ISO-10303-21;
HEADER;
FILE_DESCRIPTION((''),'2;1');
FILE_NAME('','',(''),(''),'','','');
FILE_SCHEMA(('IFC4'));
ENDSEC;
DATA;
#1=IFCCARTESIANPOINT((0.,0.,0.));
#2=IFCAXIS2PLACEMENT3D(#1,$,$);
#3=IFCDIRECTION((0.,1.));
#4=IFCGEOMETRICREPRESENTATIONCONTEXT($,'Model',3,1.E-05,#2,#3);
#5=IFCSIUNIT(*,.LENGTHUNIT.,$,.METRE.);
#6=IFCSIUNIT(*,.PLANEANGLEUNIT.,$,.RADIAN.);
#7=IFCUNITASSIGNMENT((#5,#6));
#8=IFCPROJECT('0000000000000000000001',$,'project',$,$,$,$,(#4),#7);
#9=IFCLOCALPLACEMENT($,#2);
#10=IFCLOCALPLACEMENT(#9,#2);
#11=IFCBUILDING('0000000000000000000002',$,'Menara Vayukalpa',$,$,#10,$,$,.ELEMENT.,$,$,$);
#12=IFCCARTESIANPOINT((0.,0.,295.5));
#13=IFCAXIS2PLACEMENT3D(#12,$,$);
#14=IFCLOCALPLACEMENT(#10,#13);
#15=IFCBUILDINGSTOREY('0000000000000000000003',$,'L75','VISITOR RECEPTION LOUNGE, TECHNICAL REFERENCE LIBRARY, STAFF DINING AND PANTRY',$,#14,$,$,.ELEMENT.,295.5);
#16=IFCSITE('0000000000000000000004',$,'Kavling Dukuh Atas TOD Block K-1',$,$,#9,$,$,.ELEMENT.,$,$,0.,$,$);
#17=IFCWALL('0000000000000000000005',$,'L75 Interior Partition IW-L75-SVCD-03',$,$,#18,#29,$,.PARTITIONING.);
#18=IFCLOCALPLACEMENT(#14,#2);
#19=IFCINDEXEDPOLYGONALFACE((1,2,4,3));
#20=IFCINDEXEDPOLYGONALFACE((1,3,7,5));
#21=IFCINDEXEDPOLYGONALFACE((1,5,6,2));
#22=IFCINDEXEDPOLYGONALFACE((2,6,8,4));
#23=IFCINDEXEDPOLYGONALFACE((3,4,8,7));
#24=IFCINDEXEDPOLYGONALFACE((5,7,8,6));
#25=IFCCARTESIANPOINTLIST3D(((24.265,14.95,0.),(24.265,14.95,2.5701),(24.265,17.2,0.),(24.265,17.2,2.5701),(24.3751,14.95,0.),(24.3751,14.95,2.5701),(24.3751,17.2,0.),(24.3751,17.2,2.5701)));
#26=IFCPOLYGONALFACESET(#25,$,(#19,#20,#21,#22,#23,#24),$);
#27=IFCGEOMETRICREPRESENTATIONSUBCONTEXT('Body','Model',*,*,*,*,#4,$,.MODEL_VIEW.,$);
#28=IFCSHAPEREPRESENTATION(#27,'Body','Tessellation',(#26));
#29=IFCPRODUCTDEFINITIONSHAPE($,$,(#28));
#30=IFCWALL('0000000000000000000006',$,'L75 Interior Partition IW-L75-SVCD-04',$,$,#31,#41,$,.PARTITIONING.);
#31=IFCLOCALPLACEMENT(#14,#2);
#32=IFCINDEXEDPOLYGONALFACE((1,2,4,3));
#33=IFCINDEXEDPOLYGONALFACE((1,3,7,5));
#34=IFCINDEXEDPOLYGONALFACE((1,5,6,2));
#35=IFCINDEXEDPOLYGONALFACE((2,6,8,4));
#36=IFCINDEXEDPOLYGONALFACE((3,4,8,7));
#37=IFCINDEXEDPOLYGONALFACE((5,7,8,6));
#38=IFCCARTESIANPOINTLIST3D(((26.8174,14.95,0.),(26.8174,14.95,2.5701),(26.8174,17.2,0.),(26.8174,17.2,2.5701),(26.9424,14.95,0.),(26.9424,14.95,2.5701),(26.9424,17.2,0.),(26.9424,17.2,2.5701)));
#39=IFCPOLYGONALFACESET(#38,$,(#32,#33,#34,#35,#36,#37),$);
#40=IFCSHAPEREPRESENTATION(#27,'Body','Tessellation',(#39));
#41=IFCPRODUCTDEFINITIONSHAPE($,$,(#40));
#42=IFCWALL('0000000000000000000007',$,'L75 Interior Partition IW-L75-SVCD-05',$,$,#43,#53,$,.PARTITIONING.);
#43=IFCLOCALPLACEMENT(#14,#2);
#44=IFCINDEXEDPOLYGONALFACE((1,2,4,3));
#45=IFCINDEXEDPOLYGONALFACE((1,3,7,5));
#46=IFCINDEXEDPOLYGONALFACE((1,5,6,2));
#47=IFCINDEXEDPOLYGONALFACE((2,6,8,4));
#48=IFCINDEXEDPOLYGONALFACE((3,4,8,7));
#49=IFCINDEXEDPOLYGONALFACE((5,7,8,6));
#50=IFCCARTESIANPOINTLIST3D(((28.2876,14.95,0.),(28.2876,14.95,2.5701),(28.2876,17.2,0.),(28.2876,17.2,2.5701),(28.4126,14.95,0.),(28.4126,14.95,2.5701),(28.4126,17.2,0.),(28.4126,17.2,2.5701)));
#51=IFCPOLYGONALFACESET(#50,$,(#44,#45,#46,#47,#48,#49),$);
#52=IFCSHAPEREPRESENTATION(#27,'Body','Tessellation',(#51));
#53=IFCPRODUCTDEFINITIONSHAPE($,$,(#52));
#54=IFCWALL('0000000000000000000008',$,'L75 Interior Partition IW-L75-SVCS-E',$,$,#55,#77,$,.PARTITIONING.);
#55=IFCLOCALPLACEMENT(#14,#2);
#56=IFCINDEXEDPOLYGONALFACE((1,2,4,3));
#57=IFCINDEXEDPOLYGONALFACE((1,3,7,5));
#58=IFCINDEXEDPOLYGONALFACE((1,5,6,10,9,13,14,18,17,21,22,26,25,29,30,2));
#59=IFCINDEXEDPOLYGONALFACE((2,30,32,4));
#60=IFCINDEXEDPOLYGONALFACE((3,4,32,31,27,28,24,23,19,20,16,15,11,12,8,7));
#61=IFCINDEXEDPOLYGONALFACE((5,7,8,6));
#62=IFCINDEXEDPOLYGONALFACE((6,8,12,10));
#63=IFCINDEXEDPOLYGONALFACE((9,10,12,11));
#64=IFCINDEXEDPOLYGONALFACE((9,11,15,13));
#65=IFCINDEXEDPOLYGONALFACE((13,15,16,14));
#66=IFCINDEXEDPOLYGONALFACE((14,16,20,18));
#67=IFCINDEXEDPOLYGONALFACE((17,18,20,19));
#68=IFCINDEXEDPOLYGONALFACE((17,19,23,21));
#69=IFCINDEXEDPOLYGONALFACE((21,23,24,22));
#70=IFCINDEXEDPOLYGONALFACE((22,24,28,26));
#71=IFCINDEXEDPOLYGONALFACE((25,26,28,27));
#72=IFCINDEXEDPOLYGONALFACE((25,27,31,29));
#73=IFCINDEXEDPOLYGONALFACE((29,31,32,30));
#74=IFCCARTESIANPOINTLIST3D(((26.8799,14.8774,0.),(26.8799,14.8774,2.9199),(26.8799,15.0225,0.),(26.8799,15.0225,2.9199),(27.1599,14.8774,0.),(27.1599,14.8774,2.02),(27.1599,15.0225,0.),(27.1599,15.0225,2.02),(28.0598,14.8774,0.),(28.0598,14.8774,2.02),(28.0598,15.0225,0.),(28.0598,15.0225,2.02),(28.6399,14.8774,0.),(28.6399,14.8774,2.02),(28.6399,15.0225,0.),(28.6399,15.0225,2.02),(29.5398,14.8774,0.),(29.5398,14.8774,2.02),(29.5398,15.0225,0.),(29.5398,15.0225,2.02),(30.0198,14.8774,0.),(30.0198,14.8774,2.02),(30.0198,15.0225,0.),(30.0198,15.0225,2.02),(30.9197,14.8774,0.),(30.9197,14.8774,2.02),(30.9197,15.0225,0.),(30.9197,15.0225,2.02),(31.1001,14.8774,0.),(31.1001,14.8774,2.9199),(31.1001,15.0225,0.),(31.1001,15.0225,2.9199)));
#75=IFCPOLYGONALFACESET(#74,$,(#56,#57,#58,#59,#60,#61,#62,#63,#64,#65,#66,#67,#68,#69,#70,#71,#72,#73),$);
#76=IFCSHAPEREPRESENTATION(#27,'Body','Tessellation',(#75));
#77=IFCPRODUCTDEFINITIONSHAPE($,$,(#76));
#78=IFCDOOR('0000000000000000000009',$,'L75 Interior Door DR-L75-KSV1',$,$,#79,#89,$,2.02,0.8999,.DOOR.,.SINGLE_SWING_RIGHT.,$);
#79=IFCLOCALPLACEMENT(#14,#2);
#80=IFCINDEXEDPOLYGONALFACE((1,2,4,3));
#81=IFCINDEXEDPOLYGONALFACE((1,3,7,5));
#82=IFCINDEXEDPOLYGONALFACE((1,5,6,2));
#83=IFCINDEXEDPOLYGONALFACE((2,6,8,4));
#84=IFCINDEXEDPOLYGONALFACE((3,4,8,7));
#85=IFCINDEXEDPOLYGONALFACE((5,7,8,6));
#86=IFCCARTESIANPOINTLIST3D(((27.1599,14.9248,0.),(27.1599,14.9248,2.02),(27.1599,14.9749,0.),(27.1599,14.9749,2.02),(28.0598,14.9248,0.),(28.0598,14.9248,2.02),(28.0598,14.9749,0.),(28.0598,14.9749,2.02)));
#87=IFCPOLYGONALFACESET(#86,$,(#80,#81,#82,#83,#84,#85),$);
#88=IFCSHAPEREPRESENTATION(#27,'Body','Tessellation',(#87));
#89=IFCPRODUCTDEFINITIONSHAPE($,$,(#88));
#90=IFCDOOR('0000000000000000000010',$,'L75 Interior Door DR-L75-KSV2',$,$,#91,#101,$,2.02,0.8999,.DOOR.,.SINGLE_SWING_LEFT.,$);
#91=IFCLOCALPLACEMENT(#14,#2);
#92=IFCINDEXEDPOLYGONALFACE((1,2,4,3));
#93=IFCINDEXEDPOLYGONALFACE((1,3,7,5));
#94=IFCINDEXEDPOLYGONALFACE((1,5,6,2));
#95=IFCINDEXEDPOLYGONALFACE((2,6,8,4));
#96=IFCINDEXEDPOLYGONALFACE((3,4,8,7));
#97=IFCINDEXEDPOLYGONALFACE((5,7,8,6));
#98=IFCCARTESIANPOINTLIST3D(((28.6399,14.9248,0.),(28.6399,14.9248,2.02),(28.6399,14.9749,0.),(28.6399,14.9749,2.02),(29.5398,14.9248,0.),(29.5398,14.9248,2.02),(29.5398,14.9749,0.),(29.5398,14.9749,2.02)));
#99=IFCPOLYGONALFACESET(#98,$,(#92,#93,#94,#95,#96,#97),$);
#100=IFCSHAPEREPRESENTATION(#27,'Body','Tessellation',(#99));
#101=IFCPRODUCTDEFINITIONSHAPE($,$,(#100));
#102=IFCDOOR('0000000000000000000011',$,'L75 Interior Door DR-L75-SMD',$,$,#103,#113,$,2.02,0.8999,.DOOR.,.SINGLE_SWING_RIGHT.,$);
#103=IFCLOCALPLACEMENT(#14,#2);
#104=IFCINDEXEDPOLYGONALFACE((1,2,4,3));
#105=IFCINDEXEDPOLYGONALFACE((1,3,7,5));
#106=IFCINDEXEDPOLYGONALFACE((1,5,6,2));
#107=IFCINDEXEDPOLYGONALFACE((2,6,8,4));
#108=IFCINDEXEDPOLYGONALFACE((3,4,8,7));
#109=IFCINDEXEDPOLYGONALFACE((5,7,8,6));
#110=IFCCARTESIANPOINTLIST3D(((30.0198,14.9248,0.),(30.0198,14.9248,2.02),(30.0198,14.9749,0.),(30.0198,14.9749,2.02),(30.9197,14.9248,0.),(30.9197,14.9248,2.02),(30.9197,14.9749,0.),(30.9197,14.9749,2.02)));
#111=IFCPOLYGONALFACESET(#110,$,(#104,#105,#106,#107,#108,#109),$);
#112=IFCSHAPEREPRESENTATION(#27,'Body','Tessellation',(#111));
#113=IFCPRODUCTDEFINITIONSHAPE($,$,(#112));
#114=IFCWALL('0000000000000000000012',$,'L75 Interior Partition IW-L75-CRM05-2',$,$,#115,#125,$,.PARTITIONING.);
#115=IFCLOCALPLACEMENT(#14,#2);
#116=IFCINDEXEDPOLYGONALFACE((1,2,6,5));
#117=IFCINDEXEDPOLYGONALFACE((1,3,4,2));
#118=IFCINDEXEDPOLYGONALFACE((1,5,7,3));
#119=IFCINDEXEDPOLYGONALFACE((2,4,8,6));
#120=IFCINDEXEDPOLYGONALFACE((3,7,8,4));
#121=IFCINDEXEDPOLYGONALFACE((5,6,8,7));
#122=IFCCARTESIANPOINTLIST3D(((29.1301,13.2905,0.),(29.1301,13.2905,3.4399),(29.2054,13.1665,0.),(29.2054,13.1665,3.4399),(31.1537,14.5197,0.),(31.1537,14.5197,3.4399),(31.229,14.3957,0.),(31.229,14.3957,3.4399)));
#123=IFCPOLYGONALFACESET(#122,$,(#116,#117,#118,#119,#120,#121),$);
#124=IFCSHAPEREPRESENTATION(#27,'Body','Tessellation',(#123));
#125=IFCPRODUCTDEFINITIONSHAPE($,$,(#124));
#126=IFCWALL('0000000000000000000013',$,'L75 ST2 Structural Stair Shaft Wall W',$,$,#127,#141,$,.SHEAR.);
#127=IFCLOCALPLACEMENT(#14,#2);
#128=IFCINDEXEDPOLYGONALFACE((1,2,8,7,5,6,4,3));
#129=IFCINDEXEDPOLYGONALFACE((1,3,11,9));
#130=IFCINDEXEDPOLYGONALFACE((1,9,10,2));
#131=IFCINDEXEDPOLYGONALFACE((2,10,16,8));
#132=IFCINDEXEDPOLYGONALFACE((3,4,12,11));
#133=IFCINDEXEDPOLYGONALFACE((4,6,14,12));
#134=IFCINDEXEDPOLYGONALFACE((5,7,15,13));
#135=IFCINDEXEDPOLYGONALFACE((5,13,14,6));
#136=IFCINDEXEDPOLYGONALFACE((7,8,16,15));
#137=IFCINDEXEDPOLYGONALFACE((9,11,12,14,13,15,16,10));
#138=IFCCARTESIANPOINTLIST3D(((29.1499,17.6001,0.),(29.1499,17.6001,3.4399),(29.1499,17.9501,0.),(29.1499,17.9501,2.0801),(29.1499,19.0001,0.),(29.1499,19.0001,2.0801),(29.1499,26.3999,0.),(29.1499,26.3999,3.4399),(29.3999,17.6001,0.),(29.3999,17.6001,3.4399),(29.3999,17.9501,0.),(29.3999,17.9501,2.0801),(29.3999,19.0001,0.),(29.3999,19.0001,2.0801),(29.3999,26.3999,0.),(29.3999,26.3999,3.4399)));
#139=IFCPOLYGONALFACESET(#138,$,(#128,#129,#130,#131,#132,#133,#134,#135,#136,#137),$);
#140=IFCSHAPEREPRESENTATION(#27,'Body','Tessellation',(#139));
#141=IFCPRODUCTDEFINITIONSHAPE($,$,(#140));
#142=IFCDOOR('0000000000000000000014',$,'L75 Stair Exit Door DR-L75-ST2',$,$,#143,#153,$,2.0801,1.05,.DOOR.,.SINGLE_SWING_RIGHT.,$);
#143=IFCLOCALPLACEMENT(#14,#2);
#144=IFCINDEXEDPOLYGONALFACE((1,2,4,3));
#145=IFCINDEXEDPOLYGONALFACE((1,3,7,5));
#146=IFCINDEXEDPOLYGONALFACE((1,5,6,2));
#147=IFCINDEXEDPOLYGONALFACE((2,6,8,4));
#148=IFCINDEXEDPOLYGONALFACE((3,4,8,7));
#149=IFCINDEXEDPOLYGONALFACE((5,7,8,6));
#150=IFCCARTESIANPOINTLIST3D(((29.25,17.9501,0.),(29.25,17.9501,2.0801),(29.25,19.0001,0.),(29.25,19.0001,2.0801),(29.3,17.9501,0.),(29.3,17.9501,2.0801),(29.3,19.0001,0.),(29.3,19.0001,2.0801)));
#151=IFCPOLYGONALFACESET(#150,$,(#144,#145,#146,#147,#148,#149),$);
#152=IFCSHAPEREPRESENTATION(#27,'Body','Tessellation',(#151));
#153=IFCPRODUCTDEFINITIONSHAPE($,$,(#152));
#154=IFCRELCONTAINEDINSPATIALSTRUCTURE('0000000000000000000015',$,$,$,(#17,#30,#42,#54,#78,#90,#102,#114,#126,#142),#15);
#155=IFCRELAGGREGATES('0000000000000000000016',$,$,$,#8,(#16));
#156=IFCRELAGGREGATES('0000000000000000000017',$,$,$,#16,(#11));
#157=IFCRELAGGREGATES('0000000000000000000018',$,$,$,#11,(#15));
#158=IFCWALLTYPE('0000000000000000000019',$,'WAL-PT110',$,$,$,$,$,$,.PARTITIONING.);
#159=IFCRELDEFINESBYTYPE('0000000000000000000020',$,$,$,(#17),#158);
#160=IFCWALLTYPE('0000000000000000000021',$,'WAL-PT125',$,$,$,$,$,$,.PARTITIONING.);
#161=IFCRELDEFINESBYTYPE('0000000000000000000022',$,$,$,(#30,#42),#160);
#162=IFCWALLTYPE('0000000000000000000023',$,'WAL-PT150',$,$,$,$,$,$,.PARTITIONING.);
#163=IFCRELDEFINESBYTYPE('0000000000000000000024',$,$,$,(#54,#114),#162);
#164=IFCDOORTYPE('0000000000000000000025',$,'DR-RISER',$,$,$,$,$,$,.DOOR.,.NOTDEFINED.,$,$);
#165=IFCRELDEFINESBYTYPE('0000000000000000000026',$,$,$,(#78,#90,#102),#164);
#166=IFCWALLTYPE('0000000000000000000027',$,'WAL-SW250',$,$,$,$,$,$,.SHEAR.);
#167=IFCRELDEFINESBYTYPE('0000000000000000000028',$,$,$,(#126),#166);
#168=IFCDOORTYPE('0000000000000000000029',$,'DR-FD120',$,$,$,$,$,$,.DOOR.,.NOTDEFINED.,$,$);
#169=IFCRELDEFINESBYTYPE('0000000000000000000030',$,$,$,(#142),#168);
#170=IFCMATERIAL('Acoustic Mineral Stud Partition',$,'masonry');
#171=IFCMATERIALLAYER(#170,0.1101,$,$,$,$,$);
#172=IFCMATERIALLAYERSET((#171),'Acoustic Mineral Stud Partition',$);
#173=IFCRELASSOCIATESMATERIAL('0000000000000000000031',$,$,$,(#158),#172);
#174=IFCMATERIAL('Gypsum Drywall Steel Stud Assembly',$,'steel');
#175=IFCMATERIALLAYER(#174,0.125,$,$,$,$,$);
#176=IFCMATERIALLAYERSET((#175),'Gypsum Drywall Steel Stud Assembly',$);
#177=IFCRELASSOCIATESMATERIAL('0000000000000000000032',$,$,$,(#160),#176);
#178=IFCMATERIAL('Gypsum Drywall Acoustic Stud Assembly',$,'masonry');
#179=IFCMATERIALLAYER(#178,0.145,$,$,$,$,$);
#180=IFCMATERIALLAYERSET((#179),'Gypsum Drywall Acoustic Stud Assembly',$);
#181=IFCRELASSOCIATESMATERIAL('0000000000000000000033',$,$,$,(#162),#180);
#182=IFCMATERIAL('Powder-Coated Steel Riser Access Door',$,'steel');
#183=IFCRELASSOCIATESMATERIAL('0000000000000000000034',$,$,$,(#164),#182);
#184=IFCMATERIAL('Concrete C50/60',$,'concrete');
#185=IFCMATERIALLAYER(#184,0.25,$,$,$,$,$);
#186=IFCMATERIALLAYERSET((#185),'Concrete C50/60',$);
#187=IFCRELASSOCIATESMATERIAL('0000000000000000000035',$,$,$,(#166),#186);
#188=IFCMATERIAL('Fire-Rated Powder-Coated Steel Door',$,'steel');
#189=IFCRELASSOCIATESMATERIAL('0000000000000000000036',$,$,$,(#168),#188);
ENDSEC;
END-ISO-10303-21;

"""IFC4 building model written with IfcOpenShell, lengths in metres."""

from ifc_helpers import new_model, si_unit, direction, frame, frame_2d, origin, place, context, subcontext, project, spatial, rectangle, extrude, material, layer, layer_set, type_object, element, fill, save


model = new_model("IFC4")

# Units and contexts
model_context = context("Model", 3, precision=1e-05, world=origin(), true_north=direction((0.0, 1.0)))
body_context = subcontext(model_context, "Body", "Model", "MODEL_VIEW")
ifc_project = project(units=[si_unit("LENGTHUNIT", "METRE"), si_unit("PLANEANGLEUNIT", "RADIAN")], contexts=[model_context])

# Site, building, storey
site_placement = place(None, origin())
site = spatial("IfcSite", under=ifc_project, at=site_placement, Name="Kavling Dukuh Atas TOD Block K-1", CompositionType="ELEMENT", RefElevation=0.0)
building_placement = place(site_placement, origin())
building = spatial("IfcBuilding", under=site, at=building_placement, Name="Menara Vayukalpa", CompositionType="ELEMENT")
storey_placement = place(building_placement, frame((0.0, 0.0, 295.5)))
storey = spatial("IfcBuildingStorey", under=building, at=storey_placement, Name="L75", Description="VISITOR RECEPTION LOUNGE, TECHNICAL REFERENCE LIBRARY, STAFF DINING AND PANTRY", CompositionType="ELEMENT", Elevation=295.5)

# Walls
ifc_material_1 = material(Name="Acoustic Mineral Stud Partition", Category="masonry")
ifc_layer_1 = layer(ifc_material_1, 0.1101)
ifc_layer_set_1 = layer_set([ifc_layer_1], Name="Acoustic Mineral Stud Partition")
wall_type_1 = type_object("IfcWallType", Name="WAL-PT110", PredefinedType="PARTITIONING", material=ifc_layer_set_1)
wall_1_placement = place(storey_placement, frame((24.3201, 14.95, 0.0), z_axis=(0.0, 0.0, 1.0), x_axis=(0.0, 1.0, 0.0)))
element("IfcWall", 1, at=wall_1_placement, inside=storey, type_object=wall_type_1, Name="L75 Interior Partition IW-L75-SVCD-03", PredefinedType="PARTITIONING", context=body_context, shape_type="SweptSolid", body=[
    extrude(rectangle(XDim=2.25, YDim=0.1101, at=frame_2d((1.125, 0.0))), origin(), (0.0, 0.0, 1.0), 2.5701),
])
ifc_material_2 = material(Name="Gypsum Drywall Steel Stud Assembly", Category="steel")
ifc_layer_2 = layer(ifc_material_2, 0.125)
ifc_layer_set_2 = layer_set([ifc_layer_2], Name="Gypsum Drywall Steel Stud Assembly")
wall_type_2 = type_object("IfcWallType", Name="WAL-PT125", PredefinedType="PARTITIONING", material=ifc_layer_set_2)
for number, where, z_axis, x_axis, name in (
    (2, (26.8799, 14.95, 0.0), (0.0, 0.0, 1.0), (0.0, 1.0, 0.0), "L75 Interior Partition IW-L75-SVCD-04"),
    (3, (28.3501, 14.95, 0.0), (0.0, 0.0, 1.0), (0.0, 1.0, 0.0), "L75 Interior Partition IW-L75-SVCD-05"),
):
    element("IfcWall", number, at=place(storey_placement, frame(where, z_axis=z_axis, x_axis=x_axis)), inside=storey, type_object=wall_type_2, Name=name, PredefinedType="PARTITIONING", context=body_context, shape_type="SweptSolid", body=[
        extrude(rectangle(XDim=2.25, YDim=0.125, at=frame_2d((1.125, 0.0))), origin(), (0.0, 0.0, 1.0), 2.5701),
    ])

# Wall, openings, doors
ifc_material_3 = material(Name="Gypsum Drywall Acoustic Stud Assembly", Category="masonry")
ifc_layer_3 = layer(ifc_material_3, 0.145)
ifc_layer_set_3 = layer_set([ifc_layer_3], Name="Gypsum Drywall Acoustic Stud Assembly")
wall_type_3 = type_object("IfcWallType", Name="WAL-PT150", PredefinedType="PARTITIONING", material=ifc_layer_set_3)
wall_2_placement = place(storey_placement, frame((26.8799, 14.95, 0.0), z_axis=(0.0, 0.0, 1.0), x_axis=(1.0, 0.0, 0.0)))
wall_2 = element("IfcWall", 4, at=wall_2_placement, inside=storey, type_object=wall_type_3, Name="L75 Interior Partition IW-L75-SVCS-E", PredefinedType="PARTITIONING", context=body_context, shape_type="SweptSolid", body=[
    extrude(rectangle(XDim=4.2202, YDim=0.145, at=frame_2d((2.1101, 0.0))), origin(), (0.0, 0.0, 1.0), 2.9199),
])
opening_1_placement = place(wall_2_placement, frame((0.28, 0.0, 0.0)))
opening_1 = element("IfcOpeningElement", 5, at=opening_1_placement, cuts=wall_2, PredefinedType="OPENING", context=body_context, shape_type="SweptSolid", body=[
    extrude(rectangle(XDim=0.8999, YDim=2.02, at=frame_2d((0.45, 1.01))), frame((0.0, 0.0825, 0.0), z_axis=(0.0, -1.0, 0.0), x_axis=(1.0, 0.0, 0.0)), (0.0, 0.0, 1.0), 0.165),
])
opening_2_placement = place(wall_2_placement, frame((1.76, 0.0, 0.0)))
opening_2 = element("IfcOpeningElement", 6, at=opening_2_placement, cuts=wall_2, PredefinedType="OPENING", context=body_context, shape_type="SweptSolid", body=[
    extrude(rectangle(XDim=0.8999, YDim=2.02, at=frame_2d((0.45, 1.01))), frame((0.0, 0.0825, 0.0), z_axis=(0.0, -1.0, 0.0), x_axis=(1.0, 0.0, 0.0)), (0.0, 0.0, 1.0), 0.165),
])
opening_3_placement = place(wall_2_placement, frame((3.1399, 0.0, 0.0)))
opening_3 = element("IfcOpeningElement", 7, at=opening_3_placement, cuts=wall_2, PredefinedType="OPENING", context=body_context, shape_type="SweptSolid", body=[
    extrude(rectangle(XDim=0.8999, YDim=2.02, at=frame_2d((0.45, 1.01))), frame((0.0, 0.0825, 0.0), z_axis=(0.0, -1.0, 0.0), x_axis=(1.0, 0.0, 0.0)), (0.0, 0.0, 1.0), 0.165),
])
ifc_material_4 = material(Name="Powder-Coated Steel Riser Access Door", Category="steel")
door_type_1 = type_object("IfcDoorType", Name="DR-RISER", OperationType="NOTDEFINED", PredefinedType="DOOR", material=ifc_material_4)
door_1_placement = place(opening_1_placement, origin())
door_1 = element("IfcDoor", 8, at=door_1_placement, inside=storey, type_object=door_type_1, Name="L75 Interior Door DR-L75-KSV1", OperationType="SINGLE_SWING_RIGHT", OverallHeight=2.02, OverallWidth=0.8999, PredefinedType="DOOR", context=body_context, shape_type="SweptSolid", body=[
    extrude(rectangle(XDim=0.8999, YDim=2.02, at=frame_2d((0.45, 1.01))), frame((0.0, 0.0249, 0.0), z_axis=(0.0, -1.0, 0.0), x_axis=(1.0, 0.0, 0.0)), (0.0, 0.0, 1.0), 0.05),
])
fill(opening_1, door_1)
door_2_placement = place(opening_2_placement, origin())
door_2 = element("IfcDoor", 9, at=door_2_placement, inside=storey, type_object=door_type_1, Name="L75 Interior Door DR-L75-KSV2", OperationType="SINGLE_SWING_LEFT", OverallHeight=2.02, OverallWidth=0.8999, PredefinedType="DOOR", context=body_context, shape_type="SweptSolid", body=[
    extrude(rectangle(XDim=0.8999, YDim=2.02, at=frame_2d((0.45, 1.01))), frame((0.0, 0.0249, 0.0), z_axis=(0.0, -1.0, 0.0), x_axis=(1.0, 0.0, 0.0)), (0.0, 0.0, 1.0), 0.05),
])
fill(opening_2, door_2)
door_3_placement = place(opening_3_placement, origin())
door_3 = element("IfcDoor", 10, at=door_3_placement, inside=storey, type_object=door_type_1, Name="L75 Interior Door DR-L75-SMD", OperationType="SINGLE_SWING_RIGHT", OverallHeight=2.02, OverallWidth=0.8999, PredefinedType="DOOR", context=body_context, shape_type="SweptSolid", body=[
    extrude(rectangle(XDim=0.8999, YDim=2.02, at=frame_2d((0.45, 1.01))), frame((0.0, 0.0249, 0.0), z_axis=(0.0, -1.0, 0.0), x_axis=(1.0, 0.0, 0.0)), (0.0, 0.0, 1.0), 0.05),
])
fill(opening_3, door_3)

# Wall
wall_3_placement = place(storey_placement, frame((29.1677, 13.2285, 0.0), z_axis=(0.0, 0.0, 1.0), x_axis=(0.854678, 0.519158, 0.0)))
element("IfcWall", 11, at=wall_3_placement, inside=storey, type_object=wall_type_3, Name="L75 Interior Partition IW-L75-CRM05-2", PredefinedType="PARTITIONING", context=body_context, shape_type="SweptSolid", body=[
    extrude(rectangle(XDim=2.3677, YDim=0.145, at=frame_2d((1.1838, 0.0))), origin(), (0.0, 0.0, 1.0), 3.4399),
])

# Wall, opening, door
ifc_material_5 = material(Name="Concrete C50/60", Category="concrete")
ifc_layer_4 = layer(ifc_material_5, 0.25)
ifc_layer_set_4 = layer_set([ifc_layer_4], Name="Concrete C50/60")
wall_type_4 = type_object("IfcWallType", Name="WAL-SW250", PredefinedType="SHEAR", material=ifc_layer_set_4)
wall_4_placement = place(storey_placement, frame((29.2749, 17.6001, 0.0), z_axis=(0.0, 0.0, 1.0), x_axis=(0.0, 1.0, 0.0)))
wall_4 = element("IfcWall", 12, at=wall_4_placement, inside=storey, type_object=wall_type_4, Name="L75 ST2 Structural Stair Shaft Wall W", PredefinedType="SHEAR", context=body_context, shape_type="SweptSolid", body=[
    extrude(rectangle(XDim=8.7998, YDim=0.25, at=frame_2d((4.3999, 0.0))), origin(), (0.0, 0.0, 1.0), 3.4399),
])
opening_4_placement = place(wall_4_placement, frame((0.3501, 0.0, 0.0)))
opening_4 = element("IfcOpeningElement", 13, at=opening_4_placement, cuts=wall_4, PredefinedType="OPENING", context=body_context, shape_type="SweptSolid", body=[
    extrude(rectangle(XDim=1.05, YDim=2.0801, at=frame_2d((0.5249, 1.04))), frame((0.0, 0.135, 0.0), z_axis=(0.0, -1.0, 0.0), x_axis=(1.0, 0.0, 0.0)), (0.0, 0.0, 1.0), 0.27),
])
ifc_material_6 = material(Name="Fire-Rated Powder-Coated Steel Door", Category="steel")
door_type_2 = type_object("IfcDoorType", Name="DR-FD120", OperationType="NOTDEFINED", PredefinedType="DOOR", material=ifc_material_6)
door_4_placement = place(opening_4_placement, origin())
door_4 = element("IfcDoor", 14, at=door_4_placement, inside=storey, type_object=door_type_2, Name="L75 Stair Exit Door DR-L75-ST2", OperationType="SINGLE_SWING_RIGHT", OverallHeight=2.0801, OverallWidth=1.05, PredefinedType="DOOR", context=body_context, shape_type="SweptSolid", body=[
    extrude(rectangle(XDim=1.05, YDim=2.0801, at=frame_2d((0.5249, 1.04))), frame((0.0, 0.0249, 0.0), z_axis=(0.0, -1.0, 0.0), x_axis=(1.0, 0.0, 0.0)), (0.0, 0.0, 1.0), 0.05),
])
fill(opening_4, door_4)

save(model, "model.ifc")
